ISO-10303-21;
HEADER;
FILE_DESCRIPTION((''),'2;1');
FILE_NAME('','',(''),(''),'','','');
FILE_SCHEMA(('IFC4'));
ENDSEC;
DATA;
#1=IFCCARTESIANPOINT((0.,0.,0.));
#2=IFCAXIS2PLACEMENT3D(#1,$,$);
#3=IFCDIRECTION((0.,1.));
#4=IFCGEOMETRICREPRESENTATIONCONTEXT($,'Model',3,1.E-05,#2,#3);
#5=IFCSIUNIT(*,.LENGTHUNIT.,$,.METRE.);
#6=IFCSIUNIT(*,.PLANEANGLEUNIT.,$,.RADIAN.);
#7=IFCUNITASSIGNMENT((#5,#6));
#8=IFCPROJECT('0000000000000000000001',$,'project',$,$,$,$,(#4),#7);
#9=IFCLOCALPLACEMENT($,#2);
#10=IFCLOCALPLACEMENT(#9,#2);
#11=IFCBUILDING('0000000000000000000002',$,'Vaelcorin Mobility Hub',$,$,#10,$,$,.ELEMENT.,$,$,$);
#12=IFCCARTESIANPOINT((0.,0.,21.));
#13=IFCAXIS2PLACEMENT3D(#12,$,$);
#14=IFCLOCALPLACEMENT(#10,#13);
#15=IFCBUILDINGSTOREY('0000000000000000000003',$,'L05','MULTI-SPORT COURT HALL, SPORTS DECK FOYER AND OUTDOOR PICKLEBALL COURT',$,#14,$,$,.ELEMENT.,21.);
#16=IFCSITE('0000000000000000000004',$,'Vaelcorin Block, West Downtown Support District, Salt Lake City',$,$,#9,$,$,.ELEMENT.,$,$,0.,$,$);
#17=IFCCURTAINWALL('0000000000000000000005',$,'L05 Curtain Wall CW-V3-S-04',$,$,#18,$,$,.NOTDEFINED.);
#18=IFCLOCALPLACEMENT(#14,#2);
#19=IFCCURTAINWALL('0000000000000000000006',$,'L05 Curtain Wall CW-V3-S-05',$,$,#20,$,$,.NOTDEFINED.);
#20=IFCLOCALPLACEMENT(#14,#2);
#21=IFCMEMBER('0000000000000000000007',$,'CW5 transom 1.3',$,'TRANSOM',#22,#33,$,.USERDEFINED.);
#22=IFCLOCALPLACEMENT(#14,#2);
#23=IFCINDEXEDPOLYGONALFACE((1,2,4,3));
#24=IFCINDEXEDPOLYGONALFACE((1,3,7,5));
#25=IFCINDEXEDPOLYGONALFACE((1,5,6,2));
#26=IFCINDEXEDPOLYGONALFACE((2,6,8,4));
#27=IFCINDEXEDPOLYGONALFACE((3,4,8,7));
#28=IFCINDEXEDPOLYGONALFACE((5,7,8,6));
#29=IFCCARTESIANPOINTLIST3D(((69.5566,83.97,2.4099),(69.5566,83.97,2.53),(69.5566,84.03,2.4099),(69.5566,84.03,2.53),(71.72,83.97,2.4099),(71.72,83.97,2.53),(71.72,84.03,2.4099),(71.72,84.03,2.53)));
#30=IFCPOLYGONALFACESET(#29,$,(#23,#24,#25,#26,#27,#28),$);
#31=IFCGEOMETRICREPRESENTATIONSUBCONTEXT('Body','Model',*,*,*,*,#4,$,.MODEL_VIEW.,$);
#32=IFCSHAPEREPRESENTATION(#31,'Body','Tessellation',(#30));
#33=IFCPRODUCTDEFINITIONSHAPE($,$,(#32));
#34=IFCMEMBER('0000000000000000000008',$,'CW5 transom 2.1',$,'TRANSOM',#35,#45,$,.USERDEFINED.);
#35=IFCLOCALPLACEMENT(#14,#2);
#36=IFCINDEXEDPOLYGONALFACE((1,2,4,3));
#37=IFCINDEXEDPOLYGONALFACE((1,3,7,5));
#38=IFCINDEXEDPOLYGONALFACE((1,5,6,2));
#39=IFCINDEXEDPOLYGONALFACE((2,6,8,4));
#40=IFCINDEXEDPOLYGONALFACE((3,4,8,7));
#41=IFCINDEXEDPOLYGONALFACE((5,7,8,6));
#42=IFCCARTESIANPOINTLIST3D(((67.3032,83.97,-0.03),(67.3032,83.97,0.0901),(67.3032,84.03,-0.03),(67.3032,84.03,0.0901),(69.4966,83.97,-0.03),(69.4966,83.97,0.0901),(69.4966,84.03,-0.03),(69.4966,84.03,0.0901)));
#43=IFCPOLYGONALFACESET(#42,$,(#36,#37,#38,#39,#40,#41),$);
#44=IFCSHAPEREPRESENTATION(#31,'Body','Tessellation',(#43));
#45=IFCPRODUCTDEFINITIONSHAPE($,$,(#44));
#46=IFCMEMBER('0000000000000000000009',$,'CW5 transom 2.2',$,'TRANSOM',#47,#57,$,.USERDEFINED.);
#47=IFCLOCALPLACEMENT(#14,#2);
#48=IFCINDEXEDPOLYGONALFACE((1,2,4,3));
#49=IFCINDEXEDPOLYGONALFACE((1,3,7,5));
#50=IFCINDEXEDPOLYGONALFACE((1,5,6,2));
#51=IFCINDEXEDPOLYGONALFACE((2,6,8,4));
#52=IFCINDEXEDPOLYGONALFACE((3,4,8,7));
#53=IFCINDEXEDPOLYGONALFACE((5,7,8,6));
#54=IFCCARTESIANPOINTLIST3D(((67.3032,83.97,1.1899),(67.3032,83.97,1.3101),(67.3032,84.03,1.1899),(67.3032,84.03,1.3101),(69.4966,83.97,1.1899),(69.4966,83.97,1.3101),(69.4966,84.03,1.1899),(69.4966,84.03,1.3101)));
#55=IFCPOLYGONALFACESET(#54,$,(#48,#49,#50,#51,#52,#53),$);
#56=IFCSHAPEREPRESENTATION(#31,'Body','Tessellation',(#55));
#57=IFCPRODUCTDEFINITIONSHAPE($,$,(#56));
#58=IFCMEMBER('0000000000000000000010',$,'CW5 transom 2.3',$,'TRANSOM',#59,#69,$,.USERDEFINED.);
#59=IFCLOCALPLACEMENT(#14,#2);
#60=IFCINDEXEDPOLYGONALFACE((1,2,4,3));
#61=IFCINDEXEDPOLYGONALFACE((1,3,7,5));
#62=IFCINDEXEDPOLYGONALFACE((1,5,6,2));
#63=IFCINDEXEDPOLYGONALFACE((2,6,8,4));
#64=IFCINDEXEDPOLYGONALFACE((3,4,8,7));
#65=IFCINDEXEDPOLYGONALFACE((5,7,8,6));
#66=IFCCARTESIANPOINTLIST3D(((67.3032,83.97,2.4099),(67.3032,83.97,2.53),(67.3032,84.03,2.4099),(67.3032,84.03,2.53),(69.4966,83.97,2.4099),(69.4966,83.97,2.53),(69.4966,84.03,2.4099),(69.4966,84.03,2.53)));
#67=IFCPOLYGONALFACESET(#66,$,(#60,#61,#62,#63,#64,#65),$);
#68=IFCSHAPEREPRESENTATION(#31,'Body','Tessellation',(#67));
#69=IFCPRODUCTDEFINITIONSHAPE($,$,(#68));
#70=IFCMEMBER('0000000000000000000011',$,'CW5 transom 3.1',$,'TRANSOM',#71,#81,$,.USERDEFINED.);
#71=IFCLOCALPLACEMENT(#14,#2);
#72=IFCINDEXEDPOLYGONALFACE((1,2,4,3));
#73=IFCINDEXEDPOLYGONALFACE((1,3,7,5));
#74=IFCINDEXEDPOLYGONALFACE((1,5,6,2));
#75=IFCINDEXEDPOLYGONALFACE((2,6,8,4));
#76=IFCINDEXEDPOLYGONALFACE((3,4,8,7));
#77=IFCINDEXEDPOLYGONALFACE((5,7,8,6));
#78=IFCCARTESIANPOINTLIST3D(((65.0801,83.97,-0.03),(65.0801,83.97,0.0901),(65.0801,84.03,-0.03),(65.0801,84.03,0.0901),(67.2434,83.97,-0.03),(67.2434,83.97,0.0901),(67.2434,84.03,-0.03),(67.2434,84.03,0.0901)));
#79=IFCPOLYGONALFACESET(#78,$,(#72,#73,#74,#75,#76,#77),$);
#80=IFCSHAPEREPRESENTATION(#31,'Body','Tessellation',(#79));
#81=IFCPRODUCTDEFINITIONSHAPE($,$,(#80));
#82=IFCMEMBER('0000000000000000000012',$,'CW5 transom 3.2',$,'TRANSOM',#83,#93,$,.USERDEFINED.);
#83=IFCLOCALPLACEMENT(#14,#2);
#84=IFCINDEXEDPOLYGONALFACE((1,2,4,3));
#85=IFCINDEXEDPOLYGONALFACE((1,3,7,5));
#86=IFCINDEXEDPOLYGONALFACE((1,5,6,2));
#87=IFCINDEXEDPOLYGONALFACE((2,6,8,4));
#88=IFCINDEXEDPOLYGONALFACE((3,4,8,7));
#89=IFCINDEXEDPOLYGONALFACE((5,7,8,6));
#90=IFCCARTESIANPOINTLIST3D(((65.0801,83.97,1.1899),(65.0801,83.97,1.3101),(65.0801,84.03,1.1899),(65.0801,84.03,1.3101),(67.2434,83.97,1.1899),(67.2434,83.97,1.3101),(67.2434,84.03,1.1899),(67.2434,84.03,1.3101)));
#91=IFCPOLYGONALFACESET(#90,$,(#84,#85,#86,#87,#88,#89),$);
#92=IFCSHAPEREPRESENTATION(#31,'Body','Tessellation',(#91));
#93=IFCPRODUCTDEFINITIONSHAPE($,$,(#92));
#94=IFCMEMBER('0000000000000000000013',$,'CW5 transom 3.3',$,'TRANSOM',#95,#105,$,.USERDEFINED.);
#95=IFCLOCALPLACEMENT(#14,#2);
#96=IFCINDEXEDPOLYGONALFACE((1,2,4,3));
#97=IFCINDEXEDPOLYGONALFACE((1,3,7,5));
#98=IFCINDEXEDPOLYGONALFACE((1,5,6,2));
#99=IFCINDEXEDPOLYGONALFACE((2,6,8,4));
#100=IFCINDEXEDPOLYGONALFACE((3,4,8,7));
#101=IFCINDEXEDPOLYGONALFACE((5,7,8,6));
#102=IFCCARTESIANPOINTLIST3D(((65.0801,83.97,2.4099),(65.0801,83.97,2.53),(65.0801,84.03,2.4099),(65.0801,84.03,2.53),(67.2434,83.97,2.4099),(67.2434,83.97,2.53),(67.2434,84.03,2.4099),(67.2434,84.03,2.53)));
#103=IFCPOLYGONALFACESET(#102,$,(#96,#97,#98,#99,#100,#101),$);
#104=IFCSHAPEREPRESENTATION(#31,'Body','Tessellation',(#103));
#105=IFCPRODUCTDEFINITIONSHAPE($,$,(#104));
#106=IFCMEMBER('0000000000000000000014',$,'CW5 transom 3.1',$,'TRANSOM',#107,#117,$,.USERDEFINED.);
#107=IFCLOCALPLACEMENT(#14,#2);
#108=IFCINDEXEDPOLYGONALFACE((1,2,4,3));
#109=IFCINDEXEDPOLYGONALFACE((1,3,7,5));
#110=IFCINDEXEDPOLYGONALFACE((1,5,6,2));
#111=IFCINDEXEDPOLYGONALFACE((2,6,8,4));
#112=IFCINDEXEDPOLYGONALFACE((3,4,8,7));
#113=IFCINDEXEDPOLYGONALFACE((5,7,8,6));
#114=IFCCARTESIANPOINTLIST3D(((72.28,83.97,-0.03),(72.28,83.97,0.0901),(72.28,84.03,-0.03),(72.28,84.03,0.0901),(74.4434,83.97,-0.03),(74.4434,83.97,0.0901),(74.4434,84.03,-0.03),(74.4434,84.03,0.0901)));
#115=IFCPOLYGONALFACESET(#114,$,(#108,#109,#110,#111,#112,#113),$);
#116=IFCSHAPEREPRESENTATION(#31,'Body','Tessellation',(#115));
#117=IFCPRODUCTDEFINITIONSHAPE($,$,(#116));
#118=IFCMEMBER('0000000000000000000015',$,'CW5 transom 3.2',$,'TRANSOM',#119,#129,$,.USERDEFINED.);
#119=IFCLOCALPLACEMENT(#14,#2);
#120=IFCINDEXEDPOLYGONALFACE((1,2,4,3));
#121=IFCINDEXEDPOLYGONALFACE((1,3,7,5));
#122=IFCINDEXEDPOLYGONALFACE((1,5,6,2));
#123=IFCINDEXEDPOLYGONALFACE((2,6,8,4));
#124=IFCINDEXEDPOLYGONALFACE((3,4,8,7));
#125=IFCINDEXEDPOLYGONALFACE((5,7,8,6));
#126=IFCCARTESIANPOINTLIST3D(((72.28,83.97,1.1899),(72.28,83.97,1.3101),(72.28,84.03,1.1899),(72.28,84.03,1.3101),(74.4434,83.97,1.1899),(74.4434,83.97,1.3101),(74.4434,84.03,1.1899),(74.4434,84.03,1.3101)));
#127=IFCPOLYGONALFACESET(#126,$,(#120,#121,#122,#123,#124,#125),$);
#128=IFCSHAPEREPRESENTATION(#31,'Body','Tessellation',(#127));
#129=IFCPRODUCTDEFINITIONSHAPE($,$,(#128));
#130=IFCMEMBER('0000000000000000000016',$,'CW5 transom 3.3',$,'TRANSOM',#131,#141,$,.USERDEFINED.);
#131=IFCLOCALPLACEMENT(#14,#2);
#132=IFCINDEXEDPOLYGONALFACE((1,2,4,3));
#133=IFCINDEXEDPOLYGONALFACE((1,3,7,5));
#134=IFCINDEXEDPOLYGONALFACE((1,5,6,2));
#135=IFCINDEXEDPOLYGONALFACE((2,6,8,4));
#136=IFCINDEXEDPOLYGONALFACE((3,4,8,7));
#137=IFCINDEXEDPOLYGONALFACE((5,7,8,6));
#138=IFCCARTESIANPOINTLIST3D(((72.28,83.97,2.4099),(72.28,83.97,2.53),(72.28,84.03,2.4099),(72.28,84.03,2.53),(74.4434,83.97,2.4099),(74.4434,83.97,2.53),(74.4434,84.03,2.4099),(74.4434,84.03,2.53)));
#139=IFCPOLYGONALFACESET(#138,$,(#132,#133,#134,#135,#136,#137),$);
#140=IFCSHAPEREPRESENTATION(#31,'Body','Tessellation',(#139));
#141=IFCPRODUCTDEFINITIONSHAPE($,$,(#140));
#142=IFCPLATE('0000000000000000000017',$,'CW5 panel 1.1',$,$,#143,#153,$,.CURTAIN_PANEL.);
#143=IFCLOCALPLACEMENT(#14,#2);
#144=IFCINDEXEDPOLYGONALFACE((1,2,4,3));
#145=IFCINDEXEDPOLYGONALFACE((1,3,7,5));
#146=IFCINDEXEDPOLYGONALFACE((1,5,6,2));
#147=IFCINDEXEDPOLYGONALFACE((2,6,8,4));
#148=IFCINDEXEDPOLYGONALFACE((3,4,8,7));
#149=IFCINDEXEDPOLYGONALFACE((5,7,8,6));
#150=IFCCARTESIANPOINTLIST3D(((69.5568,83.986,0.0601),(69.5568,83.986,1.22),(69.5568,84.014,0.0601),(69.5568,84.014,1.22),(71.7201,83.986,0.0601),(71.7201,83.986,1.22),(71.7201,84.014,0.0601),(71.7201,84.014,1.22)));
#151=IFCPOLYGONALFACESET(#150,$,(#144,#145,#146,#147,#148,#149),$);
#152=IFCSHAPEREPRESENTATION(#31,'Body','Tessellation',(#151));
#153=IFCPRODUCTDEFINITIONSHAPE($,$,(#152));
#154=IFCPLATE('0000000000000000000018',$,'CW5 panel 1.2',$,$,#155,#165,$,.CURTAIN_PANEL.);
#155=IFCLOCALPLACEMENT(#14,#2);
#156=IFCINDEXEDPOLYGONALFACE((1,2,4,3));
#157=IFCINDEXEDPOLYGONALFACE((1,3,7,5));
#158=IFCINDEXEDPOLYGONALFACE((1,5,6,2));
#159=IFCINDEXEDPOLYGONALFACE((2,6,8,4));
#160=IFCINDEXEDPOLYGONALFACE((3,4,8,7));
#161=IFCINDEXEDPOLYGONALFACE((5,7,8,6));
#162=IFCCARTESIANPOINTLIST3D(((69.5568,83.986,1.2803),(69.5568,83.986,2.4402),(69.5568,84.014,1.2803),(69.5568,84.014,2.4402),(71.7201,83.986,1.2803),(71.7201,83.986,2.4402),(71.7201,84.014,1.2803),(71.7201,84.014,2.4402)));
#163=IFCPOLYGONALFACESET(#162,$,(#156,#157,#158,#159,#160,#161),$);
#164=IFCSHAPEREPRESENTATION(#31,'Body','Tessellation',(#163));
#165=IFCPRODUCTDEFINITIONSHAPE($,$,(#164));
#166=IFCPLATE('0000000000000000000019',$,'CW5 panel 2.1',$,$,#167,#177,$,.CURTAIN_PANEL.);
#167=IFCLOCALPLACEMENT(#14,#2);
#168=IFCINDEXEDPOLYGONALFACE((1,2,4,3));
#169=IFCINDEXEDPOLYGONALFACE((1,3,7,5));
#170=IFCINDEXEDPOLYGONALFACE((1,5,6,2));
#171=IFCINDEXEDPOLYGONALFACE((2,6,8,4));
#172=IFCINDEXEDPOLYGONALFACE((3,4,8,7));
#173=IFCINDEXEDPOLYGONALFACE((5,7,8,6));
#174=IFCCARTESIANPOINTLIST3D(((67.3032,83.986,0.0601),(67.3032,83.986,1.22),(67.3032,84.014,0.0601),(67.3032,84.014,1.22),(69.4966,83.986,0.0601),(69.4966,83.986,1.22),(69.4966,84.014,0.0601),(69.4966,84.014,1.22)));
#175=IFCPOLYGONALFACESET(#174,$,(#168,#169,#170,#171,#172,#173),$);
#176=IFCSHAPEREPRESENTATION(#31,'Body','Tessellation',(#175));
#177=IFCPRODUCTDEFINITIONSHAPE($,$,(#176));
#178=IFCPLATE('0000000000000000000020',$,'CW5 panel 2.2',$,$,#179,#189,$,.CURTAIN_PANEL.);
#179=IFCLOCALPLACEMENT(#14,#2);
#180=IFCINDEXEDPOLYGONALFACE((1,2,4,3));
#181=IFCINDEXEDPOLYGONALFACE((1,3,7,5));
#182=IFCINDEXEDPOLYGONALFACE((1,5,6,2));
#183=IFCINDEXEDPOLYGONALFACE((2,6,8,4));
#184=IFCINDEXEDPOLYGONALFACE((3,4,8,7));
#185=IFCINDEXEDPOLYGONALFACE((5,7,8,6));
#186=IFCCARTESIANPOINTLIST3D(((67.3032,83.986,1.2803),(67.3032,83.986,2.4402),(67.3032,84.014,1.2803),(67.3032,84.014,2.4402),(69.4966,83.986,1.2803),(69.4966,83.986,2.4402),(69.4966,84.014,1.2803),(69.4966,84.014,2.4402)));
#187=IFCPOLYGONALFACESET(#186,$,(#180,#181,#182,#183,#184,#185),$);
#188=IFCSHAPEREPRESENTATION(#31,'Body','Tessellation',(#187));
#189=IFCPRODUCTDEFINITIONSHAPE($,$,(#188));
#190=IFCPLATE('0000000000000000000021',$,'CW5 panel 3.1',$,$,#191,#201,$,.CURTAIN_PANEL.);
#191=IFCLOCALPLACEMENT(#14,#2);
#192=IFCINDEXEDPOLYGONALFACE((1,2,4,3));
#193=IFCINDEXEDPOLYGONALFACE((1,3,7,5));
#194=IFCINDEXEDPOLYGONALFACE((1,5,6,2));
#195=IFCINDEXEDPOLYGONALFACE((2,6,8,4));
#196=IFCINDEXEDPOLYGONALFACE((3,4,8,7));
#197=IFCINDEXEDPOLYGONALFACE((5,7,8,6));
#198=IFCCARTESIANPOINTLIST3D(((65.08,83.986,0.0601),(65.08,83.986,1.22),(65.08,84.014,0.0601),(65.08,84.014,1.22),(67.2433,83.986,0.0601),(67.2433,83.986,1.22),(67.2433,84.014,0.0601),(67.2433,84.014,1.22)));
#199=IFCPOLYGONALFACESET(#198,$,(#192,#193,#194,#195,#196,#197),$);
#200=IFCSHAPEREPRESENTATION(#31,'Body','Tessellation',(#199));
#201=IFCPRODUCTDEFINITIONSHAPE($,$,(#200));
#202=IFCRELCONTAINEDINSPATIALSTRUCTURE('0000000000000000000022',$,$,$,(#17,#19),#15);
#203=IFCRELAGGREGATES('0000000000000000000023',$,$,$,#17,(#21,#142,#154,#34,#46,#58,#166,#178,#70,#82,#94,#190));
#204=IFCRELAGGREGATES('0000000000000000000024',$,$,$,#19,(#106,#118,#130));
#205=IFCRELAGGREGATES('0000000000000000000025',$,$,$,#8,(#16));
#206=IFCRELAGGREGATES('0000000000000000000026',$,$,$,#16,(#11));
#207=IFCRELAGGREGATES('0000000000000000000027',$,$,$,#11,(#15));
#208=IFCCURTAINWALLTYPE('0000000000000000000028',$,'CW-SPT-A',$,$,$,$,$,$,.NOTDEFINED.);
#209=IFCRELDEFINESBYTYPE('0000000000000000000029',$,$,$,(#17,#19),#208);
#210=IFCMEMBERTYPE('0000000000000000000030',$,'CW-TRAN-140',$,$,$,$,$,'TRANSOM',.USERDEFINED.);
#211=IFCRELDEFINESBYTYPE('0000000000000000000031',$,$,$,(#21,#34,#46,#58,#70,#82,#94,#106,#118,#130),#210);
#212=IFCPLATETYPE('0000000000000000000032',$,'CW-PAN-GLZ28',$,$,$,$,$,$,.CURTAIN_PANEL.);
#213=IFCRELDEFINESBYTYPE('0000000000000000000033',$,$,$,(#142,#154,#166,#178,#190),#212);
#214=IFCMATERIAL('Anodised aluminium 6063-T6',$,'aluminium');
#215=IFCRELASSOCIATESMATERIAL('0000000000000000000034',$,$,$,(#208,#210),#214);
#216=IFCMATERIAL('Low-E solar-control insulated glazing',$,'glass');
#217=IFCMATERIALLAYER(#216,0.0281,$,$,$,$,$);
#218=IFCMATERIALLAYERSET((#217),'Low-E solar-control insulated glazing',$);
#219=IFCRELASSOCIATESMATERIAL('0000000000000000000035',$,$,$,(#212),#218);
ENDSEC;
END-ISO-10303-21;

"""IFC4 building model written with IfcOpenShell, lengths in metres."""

from ifc_helpers import new_model, si_unit, direction, frame, origin, origin_2d, place, context, subcontext, project, spatial, rectangle, extrude, material, layer, layer_set, material_profile, profile_set, type_object, element, aggregate, save


model = new_model("IFC4")

# Units and contexts
model_context = context("Model", 3, precision=1e-05, world=origin(), true_north=direction((0.0, 1.0)))
body_context = subcontext(model_context, "Body", "Model", "MODEL_VIEW")
ifc_project = project(units=[si_unit("LENGTHUNIT", "METRE"), si_unit("PLANEANGLEUNIT", "RADIAN")], contexts=[model_context])

# Site, building, storey
site_placement = place(None, origin())
site = spatial("IfcSite", under=ifc_project, at=site_placement, Name="Vaelcorin Block, West Downtown Support District, Salt Lake City", CompositionType="ELEMENT", RefElevation=0.0)
building_placement = place(site_placement, origin())
building = spatial("IfcBuilding", under=site, at=building_placement, Name="Vaelcorin Mobility Hub", CompositionType="ELEMENT")
storey_placement = place(building_placement, frame((0.0, 0.0, 21.0)))
storey = spatial("IfcBuildingStorey", under=building, at=storey_placement, Name="L05", Description="MULTI-SPORT COURT HALL, SPORTS DECK FOYER AND OUTDOOR PICKLEBALL COURT", CompositionType="ELEMENT", Elevation=21.0)

# Curtain walls
ifc_material_1 = material(Name="Anodised aluminium 6063-T6", Category="aluminium")
curtain_wall_type = type_object("IfcCurtainWallType", Name="CW-SPT-A", PredefinedType="NOTDEFINED", material=ifc_material_1)
curtain_wall_1_placement = place(storey_placement, origin())
curtain_wall_1 = element("IfcCurtainWall", 1, at=curtain_wall_1_placement, inside=storey, type_object=curtain_wall_type, Name="L05 Curtain Wall CW-V3-S-04", PredefinedType="NOTDEFINED")
curtain_wall_2_placement = place(storey_placement, origin())
curtain_wall_2 = element("IfcCurtainWall", 2, at=curtain_wall_2_placement, inside=storey, type_object=curtain_wall_type, Name="L05 Curtain Wall CW-V3-S-05", PredefinedType="NOTDEFINED")

# Members
ifc_material_profile_1 = material_profile(ifc_material_1, rectangle(XDim=0.0601, YDim=0.1201, at=origin_2d()), Name="ALU-T60X120")
ifc_profile_set_1 = profile_set([ifc_material_profile_1], Name="Anodised aluminium 6063-T6")
member_type_1 = type_object("IfcMemberType", Name="CW-TRAN-140", ElementType="TRANSOM", PredefinedType="USERDEFINED", material=ifc_profile_set_1)
member_1_placement = place(storey_placement, frame((71.72, 84.0, 2.47), z_axis=(-1.0, 0.0, 0.0), x_axis=(0.0, -1.0, 0.0)))
member_1 = element("IfcMember", 3, at=member_1_placement, type_object=member_type_1, Name="CW5 transom 1.3", ObjectType="TRANSOM", PredefinedType="USERDEFINED", context=body_context, shape_type="SweptSolid", body=[
    extrude(rectangle(XDim=0.0601, YDim=0.1201, at=origin_2d()), origin(), (0.0, 0.0, 1.0), 2.1633),
])
member_2_placement = place(storey_placement, frame((69.4966, 84.0, 0.03), z_axis=(-1.0, 0.0, 0.0), x_axis=(0.0, -1.0, 0.0)))
member_2 = element("IfcMember", 4, at=member_2_placement, type_object=member_type_1, Name="CW5 transom 2.1", ObjectType="TRANSOM", PredefinedType="USERDEFINED", context=body_context, shape_type="SweptSolid", body=[
    extrude(rectangle(XDim=0.0601, YDim=0.1201, at=origin_2d()), origin(), (0.0, 0.0, 1.0), 2.1934),
])
member_3_placement = place(storey_placement, frame((69.4966, 84.0, 1.25), z_axis=(-1.0, 0.0, 0.0), x_axis=(0.0, -1.0, 0.0)))
member_3 = element("IfcMember", 5, at=member_3_placement, type_object=member_type_1, Name="CW5 transom 2.2", ObjectType="TRANSOM", PredefinedType="USERDEFINED", context=body_context, shape_type="SweptSolid", body=[
    extrude(rectangle(XDim=0.0601, YDim=0.1201, at=origin_2d()), origin(), (0.0, 0.0, 1.0), 2.1934),
])
member_4_placement = place(storey_placement, frame((69.4966, 84.0, 2.47), z_axis=(-1.0, 0.0, 0.0), x_axis=(0.0, -1.0, 0.0)))
member_4 = element("IfcMember", 6, at=member_4_placement, type_object=member_type_1, Name="CW5 transom 2.3", ObjectType="TRANSOM", PredefinedType="USERDEFINED", context=body_context, shape_type="SweptSolid", body=[
    extrude(rectangle(XDim=0.0601, YDim=0.1201, at=origin_2d()), origin(), (0.0, 0.0, 1.0), 2.1934),
])
member_5_placement = place(storey_placement, frame((67.2434, 84.0, 0.03), z_axis=(-1.0, 0.0, 0.0), x_axis=(0.0, -1.0, 0.0)))
member_5 = element("IfcMember", 7, at=member_5_placement, type_object=member_type_1, Name="CW5 transom 3.1", ObjectType="TRANSOM", PredefinedType="USERDEFINED", context=body_context, shape_type="SweptSolid", body=[
    extrude(rectangle(XDim=0.0601, YDim=0.1201, at=origin_2d()), origin(), (0.0, 0.0, 1.0), 2.1633),
])
member_6_placement = place(storey_placement, frame((67.2434, 84.0, 1.25), z_axis=(-1.0, 0.0, 0.0), x_axis=(0.0, -1.0, 0.0)))
member_6 = element("IfcMember", 8, at=member_6_placement, type_object=member_type_1, Name="CW5 transom 3.2", ObjectType="TRANSOM", PredefinedType="USERDEFINED", context=body_context, shape_type="SweptSolid", body=[
    extrude(rectangle(XDim=0.0601, YDim=0.1201, at=origin_2d()), origin(), (0.0, 0.0, 1.0), 2.1633),
])
member_7_placement = place(storey_placement, frame((67.2434, 84.0, 2.47), z_axis=(-1.0, 0.0, 0.0), x_axis=(0.0, -1.0, 0.0)))
member_7 = element("IfcMember", 9, at=member_7_placement, type_object=member_type_1, Name="CW5 transom 3.3", ObjectType="TRANSOM", PredefinedType="USERDEFINED", context=body_context, shape_type="SweptSolid", body=[
    extrude(rectangle(XDim=0.0601, YDim=0.1201, at=origin_2d()), origin(), (0.0, 0.0, 1.0), 2.1633),
])
member_8_placement = place(storey_placement, frame((74.4434, 84.0, 0.03), z_axis=(-1.0, 0.0, 0.0), x_axis=(0.0, -1.0, 0.0)))
member_8 = element("IfcMember", 10, at=member_8_placement, type_object=member_type_1, Name="CW5 transom 3.1", ObjectType="TRANSOM", PredefinedType="USERDEFINED", context=body_context, shape_type="SweptSolid", body=[
    extrude(rectangle(XDim=0.0601, YDim=0.1201, at=origin_2d()), origin(), (0.0, 0.0, 1.0), 2.1633),
])
member_9_placement = place(storey_placement, frame((74.4434, 84.0, 1.25), z_axis=(-1.0, 0.0, 0.0), x_axis=(0.0, -1.0, 0.0)))
member_9 = element("IfcMember", 11, at=member_9_placement, type_object=member_type_1, Name="CW5 transom 3.2", ObjectType="TRANSOM", PredefinedType="USERDEFINED", context=body_context, shape_type="SweptSolid", body=[
    extrude(rectangle(XDim=0.0601, YDim=0.1201, at=origin_2d()), origin(), (0.0, 0.0, 1.0), 2.1633),
])
member_10_placement = place(storey_placement, frame((74.4434, 84.0, 2.47), z_axis=(-1.0, 0.0, 0.0), x_axis=(0.0, -1.0, 0.0)))
member_10 = element("IfcMember", 12, at=member_10_placement, type_object=member_type_1, Name="CW5 transom 3.3", ObjectType="TRANSOM", PredefinedType="USERDEFINED", context=body_context, shape_type="SweptSolid", body=[
    extrude(rectangle(XDim=0.0601, YDim=0.1201, at=origin_2d()), origin(), (0.0, 0.0, 1.0), 2.1633),
])

# Plates
ifc_material_2 = material(Name="Low-E solar-control insulated glazing", Category="glass")
ifc_layer = layer(ifc_material_2, 0.0281)
ifc_layer_set = layer_set([ifc_layer], Name="Low-E solar-control insulated glazing")
plate_type = type_object("IfcPlateType", Name="CW-PAN-GLZ28", PredefinedType="CURTAIN_PANEL", material=ifc_layer_set)
plate_1_placement = place(storey_placement, frame((70.6384, 84.0, 0.0601), z_axis=(0.0, 0.0, 1.0), x_axis=(-1.0, 0.0, 0.0)))
plate_1 = element("IfcPlate", 13, at=plate_1_placement, type_object=plate_type, Name="CW5 panel 1.1", PredefinedType="CURTAIN_PANEL", context=body_context, shape_type="SweptSolid", body=[
    extrude(rectangle(XDim=2.1633, YDim=0.0281, at=origin_2d()), origin(), (0.0, 0.0, 1.0), 1.1599),
])
plate_2_placement = place(storey_placement, frame((70.6384, 84.0, 1.2803), z_axis=(0.0, 0.0, 1.0), x_axis=(-1.0, 0.0, 0.0)))
plate_2 = element("IfcPlate", 14, at=plate_2_placement, type_object=plate_type, Name="CW5 panel 1.2", PredefinedType="CURTAIN_PANEL", context=body_context, shape_type="SweptSolid", body=[
    extrude(rectangle(XDim=2.1633, YDim=0.0281, at=origin_2d()), origin(), (0.0, 0.0, 1.0), 1.1599),
])
plate_3_placement = place(storey_placement, frame((68.3999, 84.0, 0.0601), z_axis=(0.0, 0.0, 1.0), x_axis=(-1.0, 0.0, 0.0)))
plate_3 = element("IfcPlate", 15, at=plate_3_placement, type_object=plate_type, Name="CW5 panel 2.1", PredefinedType="CURTAIN_PANEL", context=body_context, shape_type="SweptSolid", body=[
    extrude(rectangle(XDim=2.1934, YDim=0.0281, at=origin_2d()), origin(), (0.0, 0.0, 1.0), 1.1599),
])
plate_4_placement = place(storey_placement, frame((68.3999, 84.0, 1.2803), z_axis=(0.0, 0.0, 1.0), x_axis=(-1.0, 0.0, 0.0)))
plate_4 = element("IfcPlate", 16, at=plate_4_placement, type_object=plate_type, Name="CW5 panel 2.2", PredefinedType="CURTAIN_PANEL", context=body_context, shape_type="SweptSolid", body=[
    extrude(rectangle(XDim=2.1934, YDim=0.0281, at=origin_2d()), origin(), (0.0, 0.0, 1.0), 1.1599),
])
plate_5_placement = place(storey_placement, frame((66.1616, 84.0, 0.0601), z_axis=(0.0, 0.0, 1.0), x_axis=(-1.0, 0.0, 0.0)))
plate_5 = element("IfcPlate", 17, at=plate_5_placement, type_object=plate_type, Name="CW5 panel 3.1", PredefinedType="CURTAIN_PANEL", context=body_context, shape_type="SweptSolid", body=[
    extrude(rectangle(XDim=2.1633, YDim=0.0281, at=origin_2d()), origin(), (0.0, 0.0, 1.0), 1.1599),
])
aggregate(curtain_wall_1, [member_1, plate_1, plate_2, member_2, member_3, member_4, plate_3, plate_4, member_5, member_6, member_7, plate_5])
aggregate(curtain_wall_2, [member_8, member_9, member_10])

save(model, "model.ifc")
